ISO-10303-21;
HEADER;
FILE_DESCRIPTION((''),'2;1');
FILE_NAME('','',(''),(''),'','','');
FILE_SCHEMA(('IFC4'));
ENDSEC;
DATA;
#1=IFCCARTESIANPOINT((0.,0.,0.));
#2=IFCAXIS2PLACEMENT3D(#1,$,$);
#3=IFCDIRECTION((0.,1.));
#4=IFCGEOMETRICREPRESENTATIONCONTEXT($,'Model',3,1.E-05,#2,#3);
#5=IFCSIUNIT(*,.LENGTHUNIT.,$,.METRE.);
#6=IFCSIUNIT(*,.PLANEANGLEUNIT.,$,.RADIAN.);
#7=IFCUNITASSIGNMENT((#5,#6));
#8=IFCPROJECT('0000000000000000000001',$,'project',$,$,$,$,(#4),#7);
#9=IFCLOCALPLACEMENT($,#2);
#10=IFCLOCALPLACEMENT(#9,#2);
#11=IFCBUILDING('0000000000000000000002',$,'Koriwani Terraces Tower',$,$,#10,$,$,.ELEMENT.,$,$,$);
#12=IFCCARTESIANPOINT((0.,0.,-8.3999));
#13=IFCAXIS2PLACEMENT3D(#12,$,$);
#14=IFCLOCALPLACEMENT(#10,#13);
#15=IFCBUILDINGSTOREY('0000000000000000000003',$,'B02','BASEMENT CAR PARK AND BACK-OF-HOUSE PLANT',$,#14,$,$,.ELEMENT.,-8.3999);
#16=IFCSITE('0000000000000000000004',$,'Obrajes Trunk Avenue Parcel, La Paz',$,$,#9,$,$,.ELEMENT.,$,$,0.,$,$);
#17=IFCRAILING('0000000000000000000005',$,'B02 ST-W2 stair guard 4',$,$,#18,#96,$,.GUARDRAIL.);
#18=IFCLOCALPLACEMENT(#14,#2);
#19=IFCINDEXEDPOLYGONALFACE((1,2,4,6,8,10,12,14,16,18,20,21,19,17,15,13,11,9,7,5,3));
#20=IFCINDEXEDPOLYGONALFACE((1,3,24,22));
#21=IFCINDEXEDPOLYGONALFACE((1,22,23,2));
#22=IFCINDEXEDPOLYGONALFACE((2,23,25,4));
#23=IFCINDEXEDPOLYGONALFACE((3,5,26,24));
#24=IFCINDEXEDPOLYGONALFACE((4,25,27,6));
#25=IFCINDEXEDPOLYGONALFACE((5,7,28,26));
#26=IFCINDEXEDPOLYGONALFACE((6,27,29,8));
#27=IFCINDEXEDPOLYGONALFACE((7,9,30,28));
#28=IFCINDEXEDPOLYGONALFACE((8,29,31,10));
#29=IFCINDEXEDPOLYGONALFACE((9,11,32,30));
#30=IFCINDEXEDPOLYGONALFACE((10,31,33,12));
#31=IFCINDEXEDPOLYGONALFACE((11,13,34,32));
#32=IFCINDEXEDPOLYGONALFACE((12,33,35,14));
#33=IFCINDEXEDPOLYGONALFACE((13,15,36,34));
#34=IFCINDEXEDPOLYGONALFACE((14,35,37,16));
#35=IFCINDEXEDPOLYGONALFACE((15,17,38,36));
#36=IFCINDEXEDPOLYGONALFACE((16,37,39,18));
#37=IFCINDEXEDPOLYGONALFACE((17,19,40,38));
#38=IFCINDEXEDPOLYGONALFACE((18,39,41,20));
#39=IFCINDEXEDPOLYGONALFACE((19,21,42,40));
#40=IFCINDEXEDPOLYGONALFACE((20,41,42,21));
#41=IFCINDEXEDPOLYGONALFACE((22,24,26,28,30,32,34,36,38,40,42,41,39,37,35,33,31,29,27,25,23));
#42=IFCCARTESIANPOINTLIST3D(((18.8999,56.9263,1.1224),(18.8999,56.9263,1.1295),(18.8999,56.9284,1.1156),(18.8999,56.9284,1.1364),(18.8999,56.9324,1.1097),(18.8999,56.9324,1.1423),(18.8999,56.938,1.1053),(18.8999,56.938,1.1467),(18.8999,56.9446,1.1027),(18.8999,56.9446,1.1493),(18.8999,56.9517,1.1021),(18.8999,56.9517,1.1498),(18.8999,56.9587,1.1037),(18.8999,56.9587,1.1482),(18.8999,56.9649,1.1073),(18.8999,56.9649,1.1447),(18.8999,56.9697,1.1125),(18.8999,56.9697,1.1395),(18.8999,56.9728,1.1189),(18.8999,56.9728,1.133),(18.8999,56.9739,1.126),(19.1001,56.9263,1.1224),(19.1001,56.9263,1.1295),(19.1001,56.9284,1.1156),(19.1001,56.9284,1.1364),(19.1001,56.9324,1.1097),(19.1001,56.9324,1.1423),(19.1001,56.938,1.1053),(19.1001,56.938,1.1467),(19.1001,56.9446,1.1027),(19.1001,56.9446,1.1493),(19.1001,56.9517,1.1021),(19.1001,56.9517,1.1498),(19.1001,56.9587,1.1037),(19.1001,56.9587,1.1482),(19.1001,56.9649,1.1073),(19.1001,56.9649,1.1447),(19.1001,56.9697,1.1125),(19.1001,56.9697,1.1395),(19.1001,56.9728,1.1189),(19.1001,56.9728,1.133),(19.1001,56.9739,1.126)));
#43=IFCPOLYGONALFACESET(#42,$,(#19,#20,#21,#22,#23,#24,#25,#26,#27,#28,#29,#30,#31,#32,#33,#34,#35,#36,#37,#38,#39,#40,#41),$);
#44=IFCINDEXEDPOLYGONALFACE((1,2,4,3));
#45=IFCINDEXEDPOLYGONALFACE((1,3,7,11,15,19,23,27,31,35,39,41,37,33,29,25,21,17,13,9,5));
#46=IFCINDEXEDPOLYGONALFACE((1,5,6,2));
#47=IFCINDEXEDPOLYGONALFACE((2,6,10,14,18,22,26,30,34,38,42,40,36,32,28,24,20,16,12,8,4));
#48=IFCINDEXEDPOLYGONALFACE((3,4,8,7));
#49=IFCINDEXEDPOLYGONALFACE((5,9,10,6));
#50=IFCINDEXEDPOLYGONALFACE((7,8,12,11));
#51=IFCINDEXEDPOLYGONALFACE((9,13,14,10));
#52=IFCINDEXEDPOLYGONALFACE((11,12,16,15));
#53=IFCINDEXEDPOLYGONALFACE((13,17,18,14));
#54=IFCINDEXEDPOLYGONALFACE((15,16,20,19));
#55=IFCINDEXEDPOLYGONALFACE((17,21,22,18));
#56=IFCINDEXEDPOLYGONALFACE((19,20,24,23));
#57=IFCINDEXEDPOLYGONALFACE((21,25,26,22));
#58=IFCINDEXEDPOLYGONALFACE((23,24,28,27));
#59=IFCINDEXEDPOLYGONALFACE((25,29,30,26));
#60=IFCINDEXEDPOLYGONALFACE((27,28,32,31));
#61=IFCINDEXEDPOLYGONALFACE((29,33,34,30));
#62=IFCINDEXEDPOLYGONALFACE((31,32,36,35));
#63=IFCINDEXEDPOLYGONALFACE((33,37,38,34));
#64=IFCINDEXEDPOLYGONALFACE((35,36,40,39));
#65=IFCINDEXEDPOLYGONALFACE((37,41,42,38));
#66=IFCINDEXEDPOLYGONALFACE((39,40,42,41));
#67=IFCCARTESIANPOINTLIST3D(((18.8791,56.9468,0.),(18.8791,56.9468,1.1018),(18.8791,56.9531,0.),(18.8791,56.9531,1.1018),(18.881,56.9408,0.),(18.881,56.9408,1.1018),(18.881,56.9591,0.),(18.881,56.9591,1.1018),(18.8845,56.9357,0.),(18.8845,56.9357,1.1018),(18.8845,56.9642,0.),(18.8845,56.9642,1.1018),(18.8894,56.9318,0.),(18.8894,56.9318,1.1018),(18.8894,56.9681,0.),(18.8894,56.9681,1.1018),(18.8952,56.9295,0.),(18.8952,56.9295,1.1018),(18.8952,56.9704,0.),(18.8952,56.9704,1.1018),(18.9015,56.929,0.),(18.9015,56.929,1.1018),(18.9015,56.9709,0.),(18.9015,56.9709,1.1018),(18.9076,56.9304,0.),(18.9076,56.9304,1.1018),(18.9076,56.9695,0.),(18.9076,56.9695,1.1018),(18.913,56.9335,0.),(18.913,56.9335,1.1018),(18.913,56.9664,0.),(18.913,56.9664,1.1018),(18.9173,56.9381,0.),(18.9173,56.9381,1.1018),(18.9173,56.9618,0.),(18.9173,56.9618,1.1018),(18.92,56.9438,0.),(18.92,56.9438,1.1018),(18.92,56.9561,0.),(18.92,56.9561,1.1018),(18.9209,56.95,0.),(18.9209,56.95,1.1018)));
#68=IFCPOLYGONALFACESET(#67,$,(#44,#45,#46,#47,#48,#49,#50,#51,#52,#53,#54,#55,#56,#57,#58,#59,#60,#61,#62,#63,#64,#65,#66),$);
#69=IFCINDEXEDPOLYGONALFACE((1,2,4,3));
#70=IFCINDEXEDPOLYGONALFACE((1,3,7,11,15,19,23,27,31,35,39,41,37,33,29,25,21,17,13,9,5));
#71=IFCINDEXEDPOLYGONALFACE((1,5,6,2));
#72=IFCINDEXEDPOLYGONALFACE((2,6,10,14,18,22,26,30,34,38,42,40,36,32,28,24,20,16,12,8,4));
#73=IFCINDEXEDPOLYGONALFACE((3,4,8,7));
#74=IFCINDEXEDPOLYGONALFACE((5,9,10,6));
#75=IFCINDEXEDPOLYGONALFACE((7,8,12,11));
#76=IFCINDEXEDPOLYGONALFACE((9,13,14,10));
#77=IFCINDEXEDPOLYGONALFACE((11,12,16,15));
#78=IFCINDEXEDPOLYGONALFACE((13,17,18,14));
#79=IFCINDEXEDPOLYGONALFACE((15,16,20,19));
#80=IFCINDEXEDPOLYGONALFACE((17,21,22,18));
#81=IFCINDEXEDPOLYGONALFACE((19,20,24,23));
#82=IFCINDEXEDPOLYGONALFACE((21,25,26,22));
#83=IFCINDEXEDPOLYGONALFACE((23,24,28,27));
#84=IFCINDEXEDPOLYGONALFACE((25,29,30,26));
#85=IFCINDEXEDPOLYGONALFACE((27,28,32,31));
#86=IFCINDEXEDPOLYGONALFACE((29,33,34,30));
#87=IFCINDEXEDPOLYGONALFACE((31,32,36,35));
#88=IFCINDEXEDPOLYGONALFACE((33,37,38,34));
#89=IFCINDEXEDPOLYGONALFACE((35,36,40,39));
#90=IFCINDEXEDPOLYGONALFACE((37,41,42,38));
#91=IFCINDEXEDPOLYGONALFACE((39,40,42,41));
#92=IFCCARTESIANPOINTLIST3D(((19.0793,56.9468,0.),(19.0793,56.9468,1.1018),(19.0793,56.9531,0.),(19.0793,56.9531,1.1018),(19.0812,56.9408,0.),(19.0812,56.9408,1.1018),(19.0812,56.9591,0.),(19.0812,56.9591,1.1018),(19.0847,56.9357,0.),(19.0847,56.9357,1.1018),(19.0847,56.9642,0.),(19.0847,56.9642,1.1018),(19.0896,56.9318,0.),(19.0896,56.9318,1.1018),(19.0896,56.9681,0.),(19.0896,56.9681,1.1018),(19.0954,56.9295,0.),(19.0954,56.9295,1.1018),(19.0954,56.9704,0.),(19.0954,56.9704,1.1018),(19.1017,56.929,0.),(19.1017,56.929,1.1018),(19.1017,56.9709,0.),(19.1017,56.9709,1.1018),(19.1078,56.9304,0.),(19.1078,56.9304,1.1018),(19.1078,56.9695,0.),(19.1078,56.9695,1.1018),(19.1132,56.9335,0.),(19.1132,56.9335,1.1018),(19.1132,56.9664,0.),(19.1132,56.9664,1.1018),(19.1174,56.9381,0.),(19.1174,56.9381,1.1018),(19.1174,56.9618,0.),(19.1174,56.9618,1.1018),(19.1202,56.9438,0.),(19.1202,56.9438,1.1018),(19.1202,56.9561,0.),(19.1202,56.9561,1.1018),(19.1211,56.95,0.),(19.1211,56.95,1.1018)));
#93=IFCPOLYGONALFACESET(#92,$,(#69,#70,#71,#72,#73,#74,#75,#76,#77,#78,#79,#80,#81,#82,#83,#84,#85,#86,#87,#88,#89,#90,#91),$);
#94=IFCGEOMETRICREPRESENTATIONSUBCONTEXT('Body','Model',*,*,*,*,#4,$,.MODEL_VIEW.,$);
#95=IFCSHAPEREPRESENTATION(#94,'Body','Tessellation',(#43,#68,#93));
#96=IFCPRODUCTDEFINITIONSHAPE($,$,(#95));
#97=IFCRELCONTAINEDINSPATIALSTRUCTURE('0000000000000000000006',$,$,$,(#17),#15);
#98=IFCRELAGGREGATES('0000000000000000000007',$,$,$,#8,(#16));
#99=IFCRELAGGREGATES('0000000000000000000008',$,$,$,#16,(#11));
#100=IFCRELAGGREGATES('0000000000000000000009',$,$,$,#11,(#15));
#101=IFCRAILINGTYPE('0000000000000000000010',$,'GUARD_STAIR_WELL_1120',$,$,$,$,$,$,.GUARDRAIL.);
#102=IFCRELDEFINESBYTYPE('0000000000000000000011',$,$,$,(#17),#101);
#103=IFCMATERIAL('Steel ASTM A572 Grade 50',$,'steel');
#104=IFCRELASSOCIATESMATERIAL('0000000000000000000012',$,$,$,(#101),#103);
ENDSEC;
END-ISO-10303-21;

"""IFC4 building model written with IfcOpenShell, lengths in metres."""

from ifc_helpers import new_model, si_unit, direction, frame, origin, origin_2d, place, context, subcontext, project, spatial, circle, extrude, material, type_object, element, save


model = new_model("IFC4")

# Units and contexts
model_context = context("Model", 3, precision=1e-05, world=origin(), true_north=direction((0.0, 1.0)))
body_context = subcontext(model_context, "Body", "Model", "MODEL_VIEW")
ifc_project = project(units=[si_unit("LENGTHUNIT", "METRE"), si_unit("PLANEANGLEUNIT", "RADIAN")], contexts=[model_context])

# Site, building, storey
site_placement = place(None, origin())
site = spatial("IfcSite", under=ifc_project, at=site_placement, Name="Obrajes Trunk Avenue Parcel, La Paz", CompositionType="ELEMENT", RefElevation=0.0)
building_placement = place(site_placement, origin())
building = spatial("IfcBuilding", under=site, at=building_placement, Name="Koriwani Terraces Tower", CompositionType="ELEMENT")
storey_placement = place(building_placement, frame((0.0, 0.0, -8.3999)))
storey = spatial("IfcBuildingStorey", under=building, at=storey_placement, Name="B02", Description="BASEMENT CAR PARK AND BACK-OF-HOUSE PLANT", CompositionType="ELEMENT", Elevation=-8.3999)

# Shared definitions
ifc_material_1 = material(Name="Steel ASTM A572 Grade 50", Category="steel")

# Railing
railing_type = type_object("IfcRailingType", Name="GUARD_STAIR_WELL_1120", PredefinedType="GUARDRAIL", material=ifc_material_1)
railing_1_placement = place(storey_placement, frame((18.8999, 56.95, 0.0)))
element("IfcRailing", 1, at=railing_1_placement, inside=storey, type_object=railing_type, Name="B02 ST-W2 stair guard 4", PredefinedType="GUARDRAIL", context=body_context, shape_type="SweptSolid", body=[
    extrude(circle(Radius=0.0239, at=origin_2d()), frame((0.0, 0.0, 1.126), z_axis=(1.0, 0.0, 0.0), x_axis=(0.0, 1.0, 0.0)), (0.0, 0.0, 1.0), 0.2002),
    extrude(circle(Radius=0.021, at=origin_2d()), origin(), (0.0, 0.0, 1.0), 1.1018),
    extrude(circle(Radius=0.021, at=origin_2d()), frame((0.2002, 0.0, 0.0)), (0.0, 0.0, 1.0), 1.1018),
])

save(model, "model.ifc")
